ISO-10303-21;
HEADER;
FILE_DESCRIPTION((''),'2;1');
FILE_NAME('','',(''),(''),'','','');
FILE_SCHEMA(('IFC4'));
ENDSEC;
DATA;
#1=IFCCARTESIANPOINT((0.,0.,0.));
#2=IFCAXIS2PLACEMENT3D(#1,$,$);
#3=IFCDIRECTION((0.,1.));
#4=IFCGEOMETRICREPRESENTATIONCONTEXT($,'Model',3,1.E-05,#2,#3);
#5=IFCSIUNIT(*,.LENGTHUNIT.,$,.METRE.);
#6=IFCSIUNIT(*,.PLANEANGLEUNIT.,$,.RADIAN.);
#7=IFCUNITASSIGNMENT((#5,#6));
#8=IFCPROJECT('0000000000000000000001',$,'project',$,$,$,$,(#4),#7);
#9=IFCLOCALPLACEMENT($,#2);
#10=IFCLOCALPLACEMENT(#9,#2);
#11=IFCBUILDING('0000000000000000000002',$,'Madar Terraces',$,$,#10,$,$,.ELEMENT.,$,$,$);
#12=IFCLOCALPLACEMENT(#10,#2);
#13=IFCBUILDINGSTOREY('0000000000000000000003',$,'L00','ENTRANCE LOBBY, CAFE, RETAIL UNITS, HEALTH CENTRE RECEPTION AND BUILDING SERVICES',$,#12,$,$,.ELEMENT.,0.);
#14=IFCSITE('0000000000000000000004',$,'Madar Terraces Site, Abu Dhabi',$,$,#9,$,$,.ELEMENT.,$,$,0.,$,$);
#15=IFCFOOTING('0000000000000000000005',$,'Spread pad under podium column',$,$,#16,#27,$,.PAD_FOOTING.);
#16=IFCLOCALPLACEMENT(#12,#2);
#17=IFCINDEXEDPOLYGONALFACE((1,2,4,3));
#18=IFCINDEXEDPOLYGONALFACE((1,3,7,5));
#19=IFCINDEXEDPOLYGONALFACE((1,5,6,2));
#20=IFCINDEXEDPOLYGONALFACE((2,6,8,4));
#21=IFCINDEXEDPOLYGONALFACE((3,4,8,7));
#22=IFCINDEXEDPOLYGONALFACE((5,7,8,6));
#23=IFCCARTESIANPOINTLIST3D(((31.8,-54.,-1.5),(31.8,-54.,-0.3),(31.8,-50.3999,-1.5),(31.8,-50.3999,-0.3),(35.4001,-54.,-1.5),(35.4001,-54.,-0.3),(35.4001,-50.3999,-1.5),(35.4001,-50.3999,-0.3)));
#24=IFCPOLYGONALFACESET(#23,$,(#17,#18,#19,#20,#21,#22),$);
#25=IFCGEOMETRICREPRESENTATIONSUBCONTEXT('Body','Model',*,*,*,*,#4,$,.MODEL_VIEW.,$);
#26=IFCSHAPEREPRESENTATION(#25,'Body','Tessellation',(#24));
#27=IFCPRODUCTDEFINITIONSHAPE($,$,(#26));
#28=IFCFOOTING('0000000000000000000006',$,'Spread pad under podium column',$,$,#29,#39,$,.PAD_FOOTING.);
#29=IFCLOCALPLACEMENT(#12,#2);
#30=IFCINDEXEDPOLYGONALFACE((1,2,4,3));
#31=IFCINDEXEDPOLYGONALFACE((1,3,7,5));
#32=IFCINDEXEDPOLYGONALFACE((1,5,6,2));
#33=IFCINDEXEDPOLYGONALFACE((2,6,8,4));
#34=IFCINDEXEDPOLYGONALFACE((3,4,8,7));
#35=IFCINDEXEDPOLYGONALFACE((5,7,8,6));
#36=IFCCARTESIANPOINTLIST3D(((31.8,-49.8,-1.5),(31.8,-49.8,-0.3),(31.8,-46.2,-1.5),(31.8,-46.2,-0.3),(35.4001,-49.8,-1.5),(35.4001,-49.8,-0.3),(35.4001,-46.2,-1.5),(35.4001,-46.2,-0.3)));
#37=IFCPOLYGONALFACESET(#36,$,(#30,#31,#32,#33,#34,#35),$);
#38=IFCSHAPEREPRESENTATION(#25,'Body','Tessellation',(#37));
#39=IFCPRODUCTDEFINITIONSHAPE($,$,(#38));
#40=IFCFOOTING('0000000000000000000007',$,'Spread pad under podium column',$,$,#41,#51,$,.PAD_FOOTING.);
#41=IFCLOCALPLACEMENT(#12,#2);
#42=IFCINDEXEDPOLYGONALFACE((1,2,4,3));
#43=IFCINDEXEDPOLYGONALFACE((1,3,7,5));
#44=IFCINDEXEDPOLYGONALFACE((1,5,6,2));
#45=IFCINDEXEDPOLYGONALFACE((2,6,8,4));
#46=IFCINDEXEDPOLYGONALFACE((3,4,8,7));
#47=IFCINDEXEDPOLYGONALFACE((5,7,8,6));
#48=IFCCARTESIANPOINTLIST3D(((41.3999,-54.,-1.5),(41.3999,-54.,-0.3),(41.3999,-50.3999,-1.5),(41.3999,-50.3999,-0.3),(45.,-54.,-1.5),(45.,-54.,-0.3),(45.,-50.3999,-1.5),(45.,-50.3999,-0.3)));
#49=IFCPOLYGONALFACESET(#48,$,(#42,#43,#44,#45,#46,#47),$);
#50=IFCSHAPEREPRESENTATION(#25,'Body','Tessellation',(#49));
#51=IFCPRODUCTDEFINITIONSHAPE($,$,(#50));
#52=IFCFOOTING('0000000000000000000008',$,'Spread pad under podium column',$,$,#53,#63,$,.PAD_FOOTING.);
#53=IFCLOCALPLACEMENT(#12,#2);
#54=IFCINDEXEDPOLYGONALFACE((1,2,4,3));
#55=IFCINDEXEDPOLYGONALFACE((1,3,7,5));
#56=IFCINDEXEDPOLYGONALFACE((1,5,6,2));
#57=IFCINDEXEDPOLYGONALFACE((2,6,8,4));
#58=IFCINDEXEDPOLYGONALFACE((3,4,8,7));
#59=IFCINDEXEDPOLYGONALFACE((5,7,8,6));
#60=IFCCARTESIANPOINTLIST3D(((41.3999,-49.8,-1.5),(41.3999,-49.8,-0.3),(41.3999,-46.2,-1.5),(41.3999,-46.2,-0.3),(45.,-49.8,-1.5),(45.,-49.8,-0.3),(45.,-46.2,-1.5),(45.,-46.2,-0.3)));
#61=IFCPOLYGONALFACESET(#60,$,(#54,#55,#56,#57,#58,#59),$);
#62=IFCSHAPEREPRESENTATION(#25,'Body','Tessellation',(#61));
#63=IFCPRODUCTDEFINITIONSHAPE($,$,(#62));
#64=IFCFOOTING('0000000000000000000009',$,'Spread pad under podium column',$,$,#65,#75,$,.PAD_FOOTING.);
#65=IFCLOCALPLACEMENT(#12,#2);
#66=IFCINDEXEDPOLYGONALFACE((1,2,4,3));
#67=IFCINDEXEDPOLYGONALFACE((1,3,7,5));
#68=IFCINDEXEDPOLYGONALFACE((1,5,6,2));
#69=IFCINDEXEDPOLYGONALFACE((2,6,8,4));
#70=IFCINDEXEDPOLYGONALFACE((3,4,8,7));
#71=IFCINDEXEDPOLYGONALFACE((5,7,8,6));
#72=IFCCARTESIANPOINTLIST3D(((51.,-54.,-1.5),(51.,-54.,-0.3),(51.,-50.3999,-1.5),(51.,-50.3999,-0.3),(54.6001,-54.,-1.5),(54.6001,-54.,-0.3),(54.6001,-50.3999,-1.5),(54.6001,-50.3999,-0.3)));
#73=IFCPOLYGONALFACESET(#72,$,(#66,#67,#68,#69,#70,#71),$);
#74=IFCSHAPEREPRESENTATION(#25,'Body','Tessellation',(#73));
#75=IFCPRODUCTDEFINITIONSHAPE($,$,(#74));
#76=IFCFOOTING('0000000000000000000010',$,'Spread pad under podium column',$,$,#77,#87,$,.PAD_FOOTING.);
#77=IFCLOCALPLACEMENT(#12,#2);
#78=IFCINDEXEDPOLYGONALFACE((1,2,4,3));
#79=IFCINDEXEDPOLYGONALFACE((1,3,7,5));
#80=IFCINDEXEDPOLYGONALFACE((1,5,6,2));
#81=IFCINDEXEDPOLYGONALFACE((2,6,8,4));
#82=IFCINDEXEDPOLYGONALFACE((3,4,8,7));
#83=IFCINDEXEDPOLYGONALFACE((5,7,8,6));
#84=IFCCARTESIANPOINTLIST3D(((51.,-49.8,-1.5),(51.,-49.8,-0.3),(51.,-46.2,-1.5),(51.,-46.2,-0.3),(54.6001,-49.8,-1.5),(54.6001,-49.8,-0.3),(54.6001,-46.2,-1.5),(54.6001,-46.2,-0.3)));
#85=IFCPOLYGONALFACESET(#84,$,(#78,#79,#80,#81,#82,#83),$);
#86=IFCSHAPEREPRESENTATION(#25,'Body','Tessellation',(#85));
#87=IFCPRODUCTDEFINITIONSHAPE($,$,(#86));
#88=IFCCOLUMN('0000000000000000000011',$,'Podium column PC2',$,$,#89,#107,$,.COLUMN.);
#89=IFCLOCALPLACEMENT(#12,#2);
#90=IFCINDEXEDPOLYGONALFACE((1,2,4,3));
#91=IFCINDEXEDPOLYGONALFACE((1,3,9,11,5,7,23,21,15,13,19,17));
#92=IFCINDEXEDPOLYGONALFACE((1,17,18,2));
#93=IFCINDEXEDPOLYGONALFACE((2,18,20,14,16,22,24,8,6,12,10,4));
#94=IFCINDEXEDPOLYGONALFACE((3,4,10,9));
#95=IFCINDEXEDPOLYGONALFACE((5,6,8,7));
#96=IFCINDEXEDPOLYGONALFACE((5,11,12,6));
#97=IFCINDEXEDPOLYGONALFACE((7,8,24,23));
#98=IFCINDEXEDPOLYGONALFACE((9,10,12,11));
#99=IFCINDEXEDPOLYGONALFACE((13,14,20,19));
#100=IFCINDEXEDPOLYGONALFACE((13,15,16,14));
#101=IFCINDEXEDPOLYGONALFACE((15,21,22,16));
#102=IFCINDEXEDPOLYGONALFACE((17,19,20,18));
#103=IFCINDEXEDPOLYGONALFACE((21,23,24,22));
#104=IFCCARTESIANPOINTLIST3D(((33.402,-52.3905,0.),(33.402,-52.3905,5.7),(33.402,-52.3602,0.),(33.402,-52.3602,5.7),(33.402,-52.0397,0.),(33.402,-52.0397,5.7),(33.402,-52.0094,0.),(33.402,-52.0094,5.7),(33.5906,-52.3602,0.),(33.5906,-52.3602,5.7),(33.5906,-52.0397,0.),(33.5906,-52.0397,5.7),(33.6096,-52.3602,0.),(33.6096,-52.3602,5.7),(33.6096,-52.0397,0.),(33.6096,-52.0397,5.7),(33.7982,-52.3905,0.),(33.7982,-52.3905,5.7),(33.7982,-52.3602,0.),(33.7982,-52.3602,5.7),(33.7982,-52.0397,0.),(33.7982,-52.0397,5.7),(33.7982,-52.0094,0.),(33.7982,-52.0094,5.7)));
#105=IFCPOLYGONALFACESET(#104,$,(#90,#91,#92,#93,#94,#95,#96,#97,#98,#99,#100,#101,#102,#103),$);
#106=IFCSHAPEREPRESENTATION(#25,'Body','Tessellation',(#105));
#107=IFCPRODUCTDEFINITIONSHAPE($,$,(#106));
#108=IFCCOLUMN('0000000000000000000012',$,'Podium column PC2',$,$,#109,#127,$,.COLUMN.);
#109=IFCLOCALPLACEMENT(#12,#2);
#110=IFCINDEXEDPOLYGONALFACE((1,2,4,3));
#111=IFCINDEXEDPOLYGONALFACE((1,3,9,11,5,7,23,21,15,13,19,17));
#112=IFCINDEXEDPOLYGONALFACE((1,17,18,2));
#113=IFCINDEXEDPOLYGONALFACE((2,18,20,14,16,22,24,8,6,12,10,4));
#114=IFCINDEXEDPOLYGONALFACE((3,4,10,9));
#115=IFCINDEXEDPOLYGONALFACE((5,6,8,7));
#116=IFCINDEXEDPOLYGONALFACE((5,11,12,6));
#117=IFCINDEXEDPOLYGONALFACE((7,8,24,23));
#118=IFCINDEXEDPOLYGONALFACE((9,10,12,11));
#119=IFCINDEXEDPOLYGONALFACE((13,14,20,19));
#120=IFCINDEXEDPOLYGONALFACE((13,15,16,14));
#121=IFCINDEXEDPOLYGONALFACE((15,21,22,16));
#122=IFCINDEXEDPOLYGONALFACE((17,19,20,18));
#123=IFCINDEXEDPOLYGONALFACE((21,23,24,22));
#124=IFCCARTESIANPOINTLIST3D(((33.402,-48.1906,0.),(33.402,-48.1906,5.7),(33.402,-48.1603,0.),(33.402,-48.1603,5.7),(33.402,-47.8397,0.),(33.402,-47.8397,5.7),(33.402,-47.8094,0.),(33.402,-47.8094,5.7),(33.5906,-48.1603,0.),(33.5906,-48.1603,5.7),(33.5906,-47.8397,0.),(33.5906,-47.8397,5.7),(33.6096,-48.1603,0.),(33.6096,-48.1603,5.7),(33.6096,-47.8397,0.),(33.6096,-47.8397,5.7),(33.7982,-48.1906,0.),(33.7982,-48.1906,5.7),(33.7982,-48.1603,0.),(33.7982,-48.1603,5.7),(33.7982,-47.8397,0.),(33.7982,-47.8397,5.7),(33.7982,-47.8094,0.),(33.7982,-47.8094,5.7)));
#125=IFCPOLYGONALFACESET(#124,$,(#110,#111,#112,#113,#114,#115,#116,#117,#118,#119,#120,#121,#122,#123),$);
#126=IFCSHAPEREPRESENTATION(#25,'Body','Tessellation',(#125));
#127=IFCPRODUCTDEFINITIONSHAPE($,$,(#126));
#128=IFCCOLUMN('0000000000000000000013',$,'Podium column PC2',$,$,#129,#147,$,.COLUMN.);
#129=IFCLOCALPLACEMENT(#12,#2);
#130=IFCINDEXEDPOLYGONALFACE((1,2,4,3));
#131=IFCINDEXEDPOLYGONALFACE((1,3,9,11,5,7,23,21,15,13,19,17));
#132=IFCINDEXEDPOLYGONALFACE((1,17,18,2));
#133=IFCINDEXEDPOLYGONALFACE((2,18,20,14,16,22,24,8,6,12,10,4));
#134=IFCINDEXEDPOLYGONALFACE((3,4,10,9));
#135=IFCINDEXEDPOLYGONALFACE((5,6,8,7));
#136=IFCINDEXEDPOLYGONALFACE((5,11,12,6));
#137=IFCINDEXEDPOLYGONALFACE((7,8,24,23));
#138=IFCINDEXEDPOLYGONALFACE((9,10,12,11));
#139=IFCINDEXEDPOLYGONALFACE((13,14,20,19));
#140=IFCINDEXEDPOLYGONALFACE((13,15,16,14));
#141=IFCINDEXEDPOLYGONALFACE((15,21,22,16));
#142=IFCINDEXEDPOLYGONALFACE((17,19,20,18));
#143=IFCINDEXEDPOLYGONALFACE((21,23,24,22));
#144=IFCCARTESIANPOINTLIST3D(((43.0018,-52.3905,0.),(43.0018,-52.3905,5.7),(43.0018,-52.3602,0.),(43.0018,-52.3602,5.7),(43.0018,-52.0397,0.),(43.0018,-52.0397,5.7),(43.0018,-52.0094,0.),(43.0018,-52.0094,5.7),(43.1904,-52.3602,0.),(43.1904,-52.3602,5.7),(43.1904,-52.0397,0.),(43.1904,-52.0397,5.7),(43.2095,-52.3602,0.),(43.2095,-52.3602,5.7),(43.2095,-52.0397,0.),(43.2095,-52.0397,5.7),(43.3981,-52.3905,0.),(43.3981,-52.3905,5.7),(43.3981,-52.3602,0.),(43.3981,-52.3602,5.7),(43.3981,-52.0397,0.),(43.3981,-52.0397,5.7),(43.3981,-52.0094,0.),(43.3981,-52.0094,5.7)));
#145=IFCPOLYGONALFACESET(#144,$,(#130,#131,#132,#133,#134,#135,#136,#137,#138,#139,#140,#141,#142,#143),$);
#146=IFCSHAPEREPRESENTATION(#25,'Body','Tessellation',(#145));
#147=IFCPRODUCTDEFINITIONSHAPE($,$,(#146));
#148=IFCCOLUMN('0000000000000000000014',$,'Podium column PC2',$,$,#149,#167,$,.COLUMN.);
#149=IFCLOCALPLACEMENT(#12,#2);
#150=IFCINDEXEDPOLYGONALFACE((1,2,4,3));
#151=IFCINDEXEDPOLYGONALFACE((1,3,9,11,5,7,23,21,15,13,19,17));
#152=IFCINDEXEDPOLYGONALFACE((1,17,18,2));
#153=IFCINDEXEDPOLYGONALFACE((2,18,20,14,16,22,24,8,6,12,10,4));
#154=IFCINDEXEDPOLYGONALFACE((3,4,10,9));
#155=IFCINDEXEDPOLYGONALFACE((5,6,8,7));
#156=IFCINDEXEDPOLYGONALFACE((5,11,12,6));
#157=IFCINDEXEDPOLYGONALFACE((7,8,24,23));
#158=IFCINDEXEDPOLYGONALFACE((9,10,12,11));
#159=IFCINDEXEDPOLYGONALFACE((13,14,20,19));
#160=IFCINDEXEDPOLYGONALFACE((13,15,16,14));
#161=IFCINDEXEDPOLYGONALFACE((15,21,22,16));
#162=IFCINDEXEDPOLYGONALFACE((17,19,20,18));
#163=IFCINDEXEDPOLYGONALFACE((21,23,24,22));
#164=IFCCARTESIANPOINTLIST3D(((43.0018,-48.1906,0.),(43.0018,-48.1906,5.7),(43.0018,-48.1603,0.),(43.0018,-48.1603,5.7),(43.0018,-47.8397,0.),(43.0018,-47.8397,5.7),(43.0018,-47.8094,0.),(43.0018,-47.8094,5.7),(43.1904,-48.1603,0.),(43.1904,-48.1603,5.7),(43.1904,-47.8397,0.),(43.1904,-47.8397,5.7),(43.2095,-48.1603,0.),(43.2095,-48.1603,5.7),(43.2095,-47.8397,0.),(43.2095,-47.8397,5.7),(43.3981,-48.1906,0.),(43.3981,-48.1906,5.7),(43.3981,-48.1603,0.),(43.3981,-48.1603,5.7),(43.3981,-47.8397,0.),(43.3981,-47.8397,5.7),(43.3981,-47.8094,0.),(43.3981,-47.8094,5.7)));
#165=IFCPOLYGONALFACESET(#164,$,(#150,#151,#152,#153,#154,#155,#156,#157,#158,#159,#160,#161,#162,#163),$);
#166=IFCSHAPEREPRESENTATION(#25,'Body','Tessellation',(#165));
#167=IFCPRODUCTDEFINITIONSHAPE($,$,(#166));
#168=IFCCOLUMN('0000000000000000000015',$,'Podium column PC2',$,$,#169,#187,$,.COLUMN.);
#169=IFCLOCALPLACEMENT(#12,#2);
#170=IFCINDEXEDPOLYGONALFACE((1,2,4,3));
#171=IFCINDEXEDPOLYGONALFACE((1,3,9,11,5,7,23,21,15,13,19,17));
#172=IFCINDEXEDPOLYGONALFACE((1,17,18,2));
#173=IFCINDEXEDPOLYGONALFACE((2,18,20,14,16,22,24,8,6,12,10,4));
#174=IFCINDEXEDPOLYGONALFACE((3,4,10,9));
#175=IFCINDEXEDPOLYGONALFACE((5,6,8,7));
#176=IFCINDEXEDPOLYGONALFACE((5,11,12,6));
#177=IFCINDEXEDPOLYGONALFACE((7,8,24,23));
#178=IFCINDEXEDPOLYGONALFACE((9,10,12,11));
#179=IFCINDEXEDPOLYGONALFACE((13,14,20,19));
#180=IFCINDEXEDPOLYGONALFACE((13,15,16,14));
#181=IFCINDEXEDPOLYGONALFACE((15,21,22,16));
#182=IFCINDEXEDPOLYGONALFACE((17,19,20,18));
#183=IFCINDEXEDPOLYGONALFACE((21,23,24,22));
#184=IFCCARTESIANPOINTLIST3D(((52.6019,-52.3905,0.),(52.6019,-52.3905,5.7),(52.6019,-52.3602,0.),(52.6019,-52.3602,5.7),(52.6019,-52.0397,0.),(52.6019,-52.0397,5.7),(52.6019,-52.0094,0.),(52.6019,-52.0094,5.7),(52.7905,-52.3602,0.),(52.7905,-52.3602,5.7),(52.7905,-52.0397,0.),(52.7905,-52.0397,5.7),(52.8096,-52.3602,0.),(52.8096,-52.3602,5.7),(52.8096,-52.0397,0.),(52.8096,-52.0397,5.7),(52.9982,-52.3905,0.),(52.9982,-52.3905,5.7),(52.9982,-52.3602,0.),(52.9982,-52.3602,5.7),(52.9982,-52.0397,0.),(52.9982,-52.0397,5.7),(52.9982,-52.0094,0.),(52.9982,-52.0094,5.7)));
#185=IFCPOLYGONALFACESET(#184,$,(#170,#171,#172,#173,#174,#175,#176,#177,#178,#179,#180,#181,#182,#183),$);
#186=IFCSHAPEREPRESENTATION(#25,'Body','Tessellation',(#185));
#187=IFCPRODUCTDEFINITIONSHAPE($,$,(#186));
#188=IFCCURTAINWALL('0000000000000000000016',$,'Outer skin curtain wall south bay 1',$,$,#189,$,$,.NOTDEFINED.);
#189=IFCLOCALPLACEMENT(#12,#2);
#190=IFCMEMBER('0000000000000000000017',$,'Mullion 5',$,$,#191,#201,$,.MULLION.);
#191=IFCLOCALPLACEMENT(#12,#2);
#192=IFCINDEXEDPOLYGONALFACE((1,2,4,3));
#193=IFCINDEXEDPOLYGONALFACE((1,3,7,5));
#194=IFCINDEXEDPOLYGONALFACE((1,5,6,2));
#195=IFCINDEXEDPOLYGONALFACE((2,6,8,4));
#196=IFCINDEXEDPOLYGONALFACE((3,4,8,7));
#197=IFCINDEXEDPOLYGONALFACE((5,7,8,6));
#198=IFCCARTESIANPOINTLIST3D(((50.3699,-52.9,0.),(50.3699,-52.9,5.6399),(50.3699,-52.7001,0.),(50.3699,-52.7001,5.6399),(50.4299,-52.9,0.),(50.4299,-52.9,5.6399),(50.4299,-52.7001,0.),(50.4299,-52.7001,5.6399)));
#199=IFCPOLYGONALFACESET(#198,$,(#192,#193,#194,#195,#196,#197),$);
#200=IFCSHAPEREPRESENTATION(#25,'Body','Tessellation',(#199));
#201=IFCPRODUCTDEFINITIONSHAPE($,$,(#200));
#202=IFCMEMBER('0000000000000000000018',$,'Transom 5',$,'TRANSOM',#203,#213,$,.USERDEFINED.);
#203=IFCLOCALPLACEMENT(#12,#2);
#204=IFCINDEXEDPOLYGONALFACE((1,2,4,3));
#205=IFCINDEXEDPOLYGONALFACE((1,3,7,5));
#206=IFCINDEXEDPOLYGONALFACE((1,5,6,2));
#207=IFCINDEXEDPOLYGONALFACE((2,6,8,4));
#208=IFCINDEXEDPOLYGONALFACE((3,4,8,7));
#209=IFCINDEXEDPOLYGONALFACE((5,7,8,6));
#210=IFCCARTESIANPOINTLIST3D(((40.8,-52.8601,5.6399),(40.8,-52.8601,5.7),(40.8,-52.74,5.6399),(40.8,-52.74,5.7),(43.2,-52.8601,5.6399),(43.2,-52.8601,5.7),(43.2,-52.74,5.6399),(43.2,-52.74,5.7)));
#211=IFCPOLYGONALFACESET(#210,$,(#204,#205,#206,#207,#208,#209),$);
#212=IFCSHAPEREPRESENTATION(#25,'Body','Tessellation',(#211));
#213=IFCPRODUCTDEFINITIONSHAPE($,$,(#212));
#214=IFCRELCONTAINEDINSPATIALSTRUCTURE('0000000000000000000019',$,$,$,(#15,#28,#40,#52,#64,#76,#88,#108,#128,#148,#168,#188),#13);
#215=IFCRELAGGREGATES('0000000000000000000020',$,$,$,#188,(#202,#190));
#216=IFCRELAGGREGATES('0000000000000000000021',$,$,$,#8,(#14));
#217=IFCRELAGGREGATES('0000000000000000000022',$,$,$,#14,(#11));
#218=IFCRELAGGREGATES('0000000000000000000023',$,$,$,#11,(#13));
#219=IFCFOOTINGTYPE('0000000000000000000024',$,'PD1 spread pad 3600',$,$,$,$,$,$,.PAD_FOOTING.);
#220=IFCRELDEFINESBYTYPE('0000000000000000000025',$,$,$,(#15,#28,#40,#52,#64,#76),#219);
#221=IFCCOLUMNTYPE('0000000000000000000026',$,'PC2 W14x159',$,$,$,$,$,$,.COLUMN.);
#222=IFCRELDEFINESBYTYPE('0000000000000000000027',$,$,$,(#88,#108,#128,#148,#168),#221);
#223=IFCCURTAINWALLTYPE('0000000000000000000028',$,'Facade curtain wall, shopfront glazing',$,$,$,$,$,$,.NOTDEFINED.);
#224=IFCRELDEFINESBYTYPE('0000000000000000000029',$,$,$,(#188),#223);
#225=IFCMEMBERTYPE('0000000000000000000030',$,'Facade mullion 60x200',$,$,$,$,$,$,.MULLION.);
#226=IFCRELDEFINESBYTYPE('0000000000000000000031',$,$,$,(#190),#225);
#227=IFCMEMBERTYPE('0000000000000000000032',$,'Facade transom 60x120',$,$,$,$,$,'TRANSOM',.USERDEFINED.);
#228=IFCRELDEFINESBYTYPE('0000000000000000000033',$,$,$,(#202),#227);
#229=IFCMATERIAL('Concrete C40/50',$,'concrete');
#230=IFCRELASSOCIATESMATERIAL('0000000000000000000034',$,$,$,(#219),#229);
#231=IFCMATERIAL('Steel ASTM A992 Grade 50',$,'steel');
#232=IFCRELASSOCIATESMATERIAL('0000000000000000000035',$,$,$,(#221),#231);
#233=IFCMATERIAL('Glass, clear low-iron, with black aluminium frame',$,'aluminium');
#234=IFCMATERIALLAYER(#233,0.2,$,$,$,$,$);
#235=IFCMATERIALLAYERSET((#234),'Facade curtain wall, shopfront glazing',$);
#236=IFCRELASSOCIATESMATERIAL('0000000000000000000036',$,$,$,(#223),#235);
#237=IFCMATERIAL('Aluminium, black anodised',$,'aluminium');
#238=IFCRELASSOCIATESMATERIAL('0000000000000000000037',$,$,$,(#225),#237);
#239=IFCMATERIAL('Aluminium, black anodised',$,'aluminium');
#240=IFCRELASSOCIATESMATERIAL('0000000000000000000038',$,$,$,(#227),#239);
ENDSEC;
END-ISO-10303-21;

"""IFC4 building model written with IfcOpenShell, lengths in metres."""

from ifc_helpers import new_model, si_unit, direction, frame, origin, origin_2d, place, context, subcontext, project, spatial, rectangle, i_section, extrude, material, layer, layer_set, material_profile, profile_set, type_object, element, aggregate, save


model = new_model("IFC4")

# Units and contexts
model_context = context("Model", 3, precision=1e-05, world=origin(), true_north=direction((0.0, 1.0)))
body_context = subcontext(model_context, "Body", "Model", "MODEL_VIEW")
ifc_project = project(units=[si_unit("LENGTHUNIT", "METRE"), si_unit("PLANEANGLEUNIT", "RADIAN")], contexts=[model_context])

# Site, building, storey
site_placement = place(None, origin())
site = spatial("IfcSite", under=ifc_project, at=site_placement, Name="Madar Terraces Site, Abu Dhabi", CompositionType="ELEMENT", RefElevation=0.0)
building_placement = place(site_placement, origin())
building = spatial("IfcBuilding", under=site, at=building_placement, Name="Madar Terraces", CompositionType="ELEMENT")
storey_placement = place(building_placement, origin())
storey = spatial("IfcBuildingStorey", under=building, at=storey_placement, Name="L00", Description="ENTRANCE LOBBY, CAFE, RETAIL UNITS, HEALTH CENTRE RECEPTION AND BUILDING SERVICES", CompositionType="ELEMENT", Elevation=0.0)

# Footings
ifc_material_1 = material(Name="Concrete C40/50", Category="concrete")
footing_type = type_object("IfcFootingType", Name="PD1 spread pad 3600", PredefinedType="PAD_FOOTING", material=ifc_material_1)
for number, where, z_axis, x_axis, name in (
    (1, (33.6001, -52.2, -1.5), (0.0, 0.0, 1.0), (1.0, 0.0, 0.0), "Spread pad under podium column"),
    (2, (33.6001, -48.0, -1.5), (0.0, 0.0, 1.0), (1.0, 0.0, 0.0), "Spread pad under podium column"),
    (3, (43.2, -52.2, -1.5), (0.0, 0.0, 1.0), (1.0, 0.0, 0.0), "Spread pad under podium column"),
    (4, (43.2, -48.0, -1.5), (0.0, 0.0, 1.0), (1.0, 0.0, 0.0), "Spread pad under podium column"),
    (5, (52.8, -52.2, -1.5), (0.0, 0.0, 1.0), (1.0, 0.0, 0.0), "Spread pad under podium column"),
    (6, (52.8, -48.0, -1.5), (0.0, 0.0, 1.0), (1.0, 0.0, 0.0), "Spread pad under podium column"),
):
    element("IfcFooting", number, at=place(storey_placement, frame(where, z_axis=z_axis, x_axis=x_axis)), inside=storey, type_object=footing_type, Name=name, PredefinedType="PAD_FOOTING", context=body_context, shape_type="SweptSolid", body=[
        extrude(rectangle(XDim=3.6001, YDim=3.6001, at=origin_2d()), origin(), (0.0, 0.0, 1.0), 1.2),
    ])

# Columns
ifc_material_2 = material(Name="Steel ASTM A992 Grade 50", Category="steel")
ifc_material_profile_1 = material_profile(ifc_material_2, i_section(OverallWidth=0.3962, OverallDepth=0.3811, WebThickness=0.019, FlangeThickness=0.0303, at=origin_2d()), Name="W14x159")
ifc_profile_set_1 = profile_set([ifc_material_profile_1], Name="Steel ASTM A992 Grade 50")
column_type = type_object("IfcColumnType", Name="PC2 W14x159", PredefinedType="COLUMN", material=ifc_profile_set_1)
for number, where, z_axis, x_axis, name in (
    (7, (33.6001, -52.2, 0.0), (0.0, 0.0, 1.0), (1.0, 0.0, 0.0), "Podium column PC2"),
    (8, (33.6001, -48.0, 0.0), (0.0, 0.0, 1.0), (1.0, 0.0, 0.0), "Podium column PC2"),
    (9, (43.2, -52.2, 0.0), (0.0, 0.0, 1.0), (1.0, 0.0, 0.0), "Podium column PC2"),
    (10, (43.2, -48.0, 0.0), (0.0, 0.0, 1.0), (1.0, 0.0, 0.0), "Podium column PC2"),
    (11, (52.8, -52.2, 0.0), (0.0, 0.0, 1.0), (1.0, 0.0, 0.0), "Podium column PC2"),
):
    element("IfcColumn", number, at=place(storey_placement, frame(where, z_axis=z_axis, x_axis=x_axis)), inside=storey, type_object=column_type, Name=name, PredefinedType="COLUMN", context=body_context, shape_type="SweptSolid", body=[
        extrude(i_section(OverallWidth=0.3962, OverallDepth=0.3811, WebThickness=0.019, FlangeThickness=0.0303, at=origin_2d()), origin(), (0.0, 0.0, 1.0), 5.7),
    ])

# Curtain wall, members
ifc_material_3 = material(Name="Glass, clear low-iron, with black aluminium frame", Category="aluminium")
ifc_layer_1 = layer(ifc_material_3, 0.2)
ifc_layer_set_1 = layer_set([ifc_layer_1], Name="Facade curtain wall, shopfront glazing")
curtain_wall_type = type_object("IfcCurtainWallType", Name="Facade curtain wall, shopfront glazing", PredefinedType="NOTDEFINED", material=ifc_layer_set_1)
curtain_wall_placement = place(storey_placement, origin())
curtain_wall = element("IfcCurtainWall", 12, at=curtain_wall_placement, inside=storey, type_object=curtain_wall_type, Name="Outer skin curtain wall south bay 1", PredefinedType="NOTDEFINED")
ifc_material_4 = material(Name="Aluminium, black anodised", Category="aluminium")
ifc_material_profile_2 = material_profile(ifc_material_4, rectangle(XDim=0.2, YDim=0.0601, at=origin_2d()), Name="Facade mullion 60x200")
ifc_profile_set_2 = profile_set([ifc_material_profile_2], Name="Aluminium, black anodised")
member_type_1 = type_object("IfcMemberType", Name="Facade mullion 60x200", PredefinedType="MULLION", material=ifc_profile_set_2)
member_1_placement = place(storey_placement, frame((50.3999, -52.8, 0.0), z_axis=(0.0, 0.0, 1.0), x_axis=(0.0, 1.0, 0.0)))
member_1 = element("IfcMember", 13, at=member_1_placement, type_object=member_type_1, Name="Mullion 5", PredefinedType="MULLION", context=body_context, shape_type="SweptSolid", body=[
    extrude(rectangle(XDim=0.2, YDim=0.0601, at=origin_2d()), origin(), (0.0, 0.0, 1.0), 5.6399),
])
ifc_material_5 = material(Name="Aluminium, black anodised", Category="aluminium")
ifc_material_profile_3 = material_profile(ifc_material_5, rectangle(XDim=0.1201, YDim=0.0601, at=origin_2d()), Name="Facade transom 60x120")
ifc_profile_set_3 = profile_set([ifc_material_profile_3], Name="Aluminium, black anodised")
member_type_2 = type_object("IfcMemberType", Name="Facade transom 60x120", ElementType="TRANSOM", PredefinedType="USERDEFINED", material=ifc_profile_set_3)
member_2_placement = place(storey_placement, frame((40.8, -52.8, 5.6699), z_axis=(1.0, 0.0, 0.0), x_axis=(0.0, 1.0, 0.0)))
member_2 = element("IfcMember", 14, at=member_2_placement, type_object=member_type_2, Name="Transom 5", ObjectType="TRANSOM", PredefinedType="USERDEFINED", context=body_context, shape_type="SweptSolid", body=[
    extrude(rectangle(XDim=0.1201, YDim=0.0601, at=origin_2d()), origin(), (0.0, 0.0, 1.0), 2.3999),
])
aggregate(curtain_wall, [member_2, member_1])

save(model, "model.ifc")
